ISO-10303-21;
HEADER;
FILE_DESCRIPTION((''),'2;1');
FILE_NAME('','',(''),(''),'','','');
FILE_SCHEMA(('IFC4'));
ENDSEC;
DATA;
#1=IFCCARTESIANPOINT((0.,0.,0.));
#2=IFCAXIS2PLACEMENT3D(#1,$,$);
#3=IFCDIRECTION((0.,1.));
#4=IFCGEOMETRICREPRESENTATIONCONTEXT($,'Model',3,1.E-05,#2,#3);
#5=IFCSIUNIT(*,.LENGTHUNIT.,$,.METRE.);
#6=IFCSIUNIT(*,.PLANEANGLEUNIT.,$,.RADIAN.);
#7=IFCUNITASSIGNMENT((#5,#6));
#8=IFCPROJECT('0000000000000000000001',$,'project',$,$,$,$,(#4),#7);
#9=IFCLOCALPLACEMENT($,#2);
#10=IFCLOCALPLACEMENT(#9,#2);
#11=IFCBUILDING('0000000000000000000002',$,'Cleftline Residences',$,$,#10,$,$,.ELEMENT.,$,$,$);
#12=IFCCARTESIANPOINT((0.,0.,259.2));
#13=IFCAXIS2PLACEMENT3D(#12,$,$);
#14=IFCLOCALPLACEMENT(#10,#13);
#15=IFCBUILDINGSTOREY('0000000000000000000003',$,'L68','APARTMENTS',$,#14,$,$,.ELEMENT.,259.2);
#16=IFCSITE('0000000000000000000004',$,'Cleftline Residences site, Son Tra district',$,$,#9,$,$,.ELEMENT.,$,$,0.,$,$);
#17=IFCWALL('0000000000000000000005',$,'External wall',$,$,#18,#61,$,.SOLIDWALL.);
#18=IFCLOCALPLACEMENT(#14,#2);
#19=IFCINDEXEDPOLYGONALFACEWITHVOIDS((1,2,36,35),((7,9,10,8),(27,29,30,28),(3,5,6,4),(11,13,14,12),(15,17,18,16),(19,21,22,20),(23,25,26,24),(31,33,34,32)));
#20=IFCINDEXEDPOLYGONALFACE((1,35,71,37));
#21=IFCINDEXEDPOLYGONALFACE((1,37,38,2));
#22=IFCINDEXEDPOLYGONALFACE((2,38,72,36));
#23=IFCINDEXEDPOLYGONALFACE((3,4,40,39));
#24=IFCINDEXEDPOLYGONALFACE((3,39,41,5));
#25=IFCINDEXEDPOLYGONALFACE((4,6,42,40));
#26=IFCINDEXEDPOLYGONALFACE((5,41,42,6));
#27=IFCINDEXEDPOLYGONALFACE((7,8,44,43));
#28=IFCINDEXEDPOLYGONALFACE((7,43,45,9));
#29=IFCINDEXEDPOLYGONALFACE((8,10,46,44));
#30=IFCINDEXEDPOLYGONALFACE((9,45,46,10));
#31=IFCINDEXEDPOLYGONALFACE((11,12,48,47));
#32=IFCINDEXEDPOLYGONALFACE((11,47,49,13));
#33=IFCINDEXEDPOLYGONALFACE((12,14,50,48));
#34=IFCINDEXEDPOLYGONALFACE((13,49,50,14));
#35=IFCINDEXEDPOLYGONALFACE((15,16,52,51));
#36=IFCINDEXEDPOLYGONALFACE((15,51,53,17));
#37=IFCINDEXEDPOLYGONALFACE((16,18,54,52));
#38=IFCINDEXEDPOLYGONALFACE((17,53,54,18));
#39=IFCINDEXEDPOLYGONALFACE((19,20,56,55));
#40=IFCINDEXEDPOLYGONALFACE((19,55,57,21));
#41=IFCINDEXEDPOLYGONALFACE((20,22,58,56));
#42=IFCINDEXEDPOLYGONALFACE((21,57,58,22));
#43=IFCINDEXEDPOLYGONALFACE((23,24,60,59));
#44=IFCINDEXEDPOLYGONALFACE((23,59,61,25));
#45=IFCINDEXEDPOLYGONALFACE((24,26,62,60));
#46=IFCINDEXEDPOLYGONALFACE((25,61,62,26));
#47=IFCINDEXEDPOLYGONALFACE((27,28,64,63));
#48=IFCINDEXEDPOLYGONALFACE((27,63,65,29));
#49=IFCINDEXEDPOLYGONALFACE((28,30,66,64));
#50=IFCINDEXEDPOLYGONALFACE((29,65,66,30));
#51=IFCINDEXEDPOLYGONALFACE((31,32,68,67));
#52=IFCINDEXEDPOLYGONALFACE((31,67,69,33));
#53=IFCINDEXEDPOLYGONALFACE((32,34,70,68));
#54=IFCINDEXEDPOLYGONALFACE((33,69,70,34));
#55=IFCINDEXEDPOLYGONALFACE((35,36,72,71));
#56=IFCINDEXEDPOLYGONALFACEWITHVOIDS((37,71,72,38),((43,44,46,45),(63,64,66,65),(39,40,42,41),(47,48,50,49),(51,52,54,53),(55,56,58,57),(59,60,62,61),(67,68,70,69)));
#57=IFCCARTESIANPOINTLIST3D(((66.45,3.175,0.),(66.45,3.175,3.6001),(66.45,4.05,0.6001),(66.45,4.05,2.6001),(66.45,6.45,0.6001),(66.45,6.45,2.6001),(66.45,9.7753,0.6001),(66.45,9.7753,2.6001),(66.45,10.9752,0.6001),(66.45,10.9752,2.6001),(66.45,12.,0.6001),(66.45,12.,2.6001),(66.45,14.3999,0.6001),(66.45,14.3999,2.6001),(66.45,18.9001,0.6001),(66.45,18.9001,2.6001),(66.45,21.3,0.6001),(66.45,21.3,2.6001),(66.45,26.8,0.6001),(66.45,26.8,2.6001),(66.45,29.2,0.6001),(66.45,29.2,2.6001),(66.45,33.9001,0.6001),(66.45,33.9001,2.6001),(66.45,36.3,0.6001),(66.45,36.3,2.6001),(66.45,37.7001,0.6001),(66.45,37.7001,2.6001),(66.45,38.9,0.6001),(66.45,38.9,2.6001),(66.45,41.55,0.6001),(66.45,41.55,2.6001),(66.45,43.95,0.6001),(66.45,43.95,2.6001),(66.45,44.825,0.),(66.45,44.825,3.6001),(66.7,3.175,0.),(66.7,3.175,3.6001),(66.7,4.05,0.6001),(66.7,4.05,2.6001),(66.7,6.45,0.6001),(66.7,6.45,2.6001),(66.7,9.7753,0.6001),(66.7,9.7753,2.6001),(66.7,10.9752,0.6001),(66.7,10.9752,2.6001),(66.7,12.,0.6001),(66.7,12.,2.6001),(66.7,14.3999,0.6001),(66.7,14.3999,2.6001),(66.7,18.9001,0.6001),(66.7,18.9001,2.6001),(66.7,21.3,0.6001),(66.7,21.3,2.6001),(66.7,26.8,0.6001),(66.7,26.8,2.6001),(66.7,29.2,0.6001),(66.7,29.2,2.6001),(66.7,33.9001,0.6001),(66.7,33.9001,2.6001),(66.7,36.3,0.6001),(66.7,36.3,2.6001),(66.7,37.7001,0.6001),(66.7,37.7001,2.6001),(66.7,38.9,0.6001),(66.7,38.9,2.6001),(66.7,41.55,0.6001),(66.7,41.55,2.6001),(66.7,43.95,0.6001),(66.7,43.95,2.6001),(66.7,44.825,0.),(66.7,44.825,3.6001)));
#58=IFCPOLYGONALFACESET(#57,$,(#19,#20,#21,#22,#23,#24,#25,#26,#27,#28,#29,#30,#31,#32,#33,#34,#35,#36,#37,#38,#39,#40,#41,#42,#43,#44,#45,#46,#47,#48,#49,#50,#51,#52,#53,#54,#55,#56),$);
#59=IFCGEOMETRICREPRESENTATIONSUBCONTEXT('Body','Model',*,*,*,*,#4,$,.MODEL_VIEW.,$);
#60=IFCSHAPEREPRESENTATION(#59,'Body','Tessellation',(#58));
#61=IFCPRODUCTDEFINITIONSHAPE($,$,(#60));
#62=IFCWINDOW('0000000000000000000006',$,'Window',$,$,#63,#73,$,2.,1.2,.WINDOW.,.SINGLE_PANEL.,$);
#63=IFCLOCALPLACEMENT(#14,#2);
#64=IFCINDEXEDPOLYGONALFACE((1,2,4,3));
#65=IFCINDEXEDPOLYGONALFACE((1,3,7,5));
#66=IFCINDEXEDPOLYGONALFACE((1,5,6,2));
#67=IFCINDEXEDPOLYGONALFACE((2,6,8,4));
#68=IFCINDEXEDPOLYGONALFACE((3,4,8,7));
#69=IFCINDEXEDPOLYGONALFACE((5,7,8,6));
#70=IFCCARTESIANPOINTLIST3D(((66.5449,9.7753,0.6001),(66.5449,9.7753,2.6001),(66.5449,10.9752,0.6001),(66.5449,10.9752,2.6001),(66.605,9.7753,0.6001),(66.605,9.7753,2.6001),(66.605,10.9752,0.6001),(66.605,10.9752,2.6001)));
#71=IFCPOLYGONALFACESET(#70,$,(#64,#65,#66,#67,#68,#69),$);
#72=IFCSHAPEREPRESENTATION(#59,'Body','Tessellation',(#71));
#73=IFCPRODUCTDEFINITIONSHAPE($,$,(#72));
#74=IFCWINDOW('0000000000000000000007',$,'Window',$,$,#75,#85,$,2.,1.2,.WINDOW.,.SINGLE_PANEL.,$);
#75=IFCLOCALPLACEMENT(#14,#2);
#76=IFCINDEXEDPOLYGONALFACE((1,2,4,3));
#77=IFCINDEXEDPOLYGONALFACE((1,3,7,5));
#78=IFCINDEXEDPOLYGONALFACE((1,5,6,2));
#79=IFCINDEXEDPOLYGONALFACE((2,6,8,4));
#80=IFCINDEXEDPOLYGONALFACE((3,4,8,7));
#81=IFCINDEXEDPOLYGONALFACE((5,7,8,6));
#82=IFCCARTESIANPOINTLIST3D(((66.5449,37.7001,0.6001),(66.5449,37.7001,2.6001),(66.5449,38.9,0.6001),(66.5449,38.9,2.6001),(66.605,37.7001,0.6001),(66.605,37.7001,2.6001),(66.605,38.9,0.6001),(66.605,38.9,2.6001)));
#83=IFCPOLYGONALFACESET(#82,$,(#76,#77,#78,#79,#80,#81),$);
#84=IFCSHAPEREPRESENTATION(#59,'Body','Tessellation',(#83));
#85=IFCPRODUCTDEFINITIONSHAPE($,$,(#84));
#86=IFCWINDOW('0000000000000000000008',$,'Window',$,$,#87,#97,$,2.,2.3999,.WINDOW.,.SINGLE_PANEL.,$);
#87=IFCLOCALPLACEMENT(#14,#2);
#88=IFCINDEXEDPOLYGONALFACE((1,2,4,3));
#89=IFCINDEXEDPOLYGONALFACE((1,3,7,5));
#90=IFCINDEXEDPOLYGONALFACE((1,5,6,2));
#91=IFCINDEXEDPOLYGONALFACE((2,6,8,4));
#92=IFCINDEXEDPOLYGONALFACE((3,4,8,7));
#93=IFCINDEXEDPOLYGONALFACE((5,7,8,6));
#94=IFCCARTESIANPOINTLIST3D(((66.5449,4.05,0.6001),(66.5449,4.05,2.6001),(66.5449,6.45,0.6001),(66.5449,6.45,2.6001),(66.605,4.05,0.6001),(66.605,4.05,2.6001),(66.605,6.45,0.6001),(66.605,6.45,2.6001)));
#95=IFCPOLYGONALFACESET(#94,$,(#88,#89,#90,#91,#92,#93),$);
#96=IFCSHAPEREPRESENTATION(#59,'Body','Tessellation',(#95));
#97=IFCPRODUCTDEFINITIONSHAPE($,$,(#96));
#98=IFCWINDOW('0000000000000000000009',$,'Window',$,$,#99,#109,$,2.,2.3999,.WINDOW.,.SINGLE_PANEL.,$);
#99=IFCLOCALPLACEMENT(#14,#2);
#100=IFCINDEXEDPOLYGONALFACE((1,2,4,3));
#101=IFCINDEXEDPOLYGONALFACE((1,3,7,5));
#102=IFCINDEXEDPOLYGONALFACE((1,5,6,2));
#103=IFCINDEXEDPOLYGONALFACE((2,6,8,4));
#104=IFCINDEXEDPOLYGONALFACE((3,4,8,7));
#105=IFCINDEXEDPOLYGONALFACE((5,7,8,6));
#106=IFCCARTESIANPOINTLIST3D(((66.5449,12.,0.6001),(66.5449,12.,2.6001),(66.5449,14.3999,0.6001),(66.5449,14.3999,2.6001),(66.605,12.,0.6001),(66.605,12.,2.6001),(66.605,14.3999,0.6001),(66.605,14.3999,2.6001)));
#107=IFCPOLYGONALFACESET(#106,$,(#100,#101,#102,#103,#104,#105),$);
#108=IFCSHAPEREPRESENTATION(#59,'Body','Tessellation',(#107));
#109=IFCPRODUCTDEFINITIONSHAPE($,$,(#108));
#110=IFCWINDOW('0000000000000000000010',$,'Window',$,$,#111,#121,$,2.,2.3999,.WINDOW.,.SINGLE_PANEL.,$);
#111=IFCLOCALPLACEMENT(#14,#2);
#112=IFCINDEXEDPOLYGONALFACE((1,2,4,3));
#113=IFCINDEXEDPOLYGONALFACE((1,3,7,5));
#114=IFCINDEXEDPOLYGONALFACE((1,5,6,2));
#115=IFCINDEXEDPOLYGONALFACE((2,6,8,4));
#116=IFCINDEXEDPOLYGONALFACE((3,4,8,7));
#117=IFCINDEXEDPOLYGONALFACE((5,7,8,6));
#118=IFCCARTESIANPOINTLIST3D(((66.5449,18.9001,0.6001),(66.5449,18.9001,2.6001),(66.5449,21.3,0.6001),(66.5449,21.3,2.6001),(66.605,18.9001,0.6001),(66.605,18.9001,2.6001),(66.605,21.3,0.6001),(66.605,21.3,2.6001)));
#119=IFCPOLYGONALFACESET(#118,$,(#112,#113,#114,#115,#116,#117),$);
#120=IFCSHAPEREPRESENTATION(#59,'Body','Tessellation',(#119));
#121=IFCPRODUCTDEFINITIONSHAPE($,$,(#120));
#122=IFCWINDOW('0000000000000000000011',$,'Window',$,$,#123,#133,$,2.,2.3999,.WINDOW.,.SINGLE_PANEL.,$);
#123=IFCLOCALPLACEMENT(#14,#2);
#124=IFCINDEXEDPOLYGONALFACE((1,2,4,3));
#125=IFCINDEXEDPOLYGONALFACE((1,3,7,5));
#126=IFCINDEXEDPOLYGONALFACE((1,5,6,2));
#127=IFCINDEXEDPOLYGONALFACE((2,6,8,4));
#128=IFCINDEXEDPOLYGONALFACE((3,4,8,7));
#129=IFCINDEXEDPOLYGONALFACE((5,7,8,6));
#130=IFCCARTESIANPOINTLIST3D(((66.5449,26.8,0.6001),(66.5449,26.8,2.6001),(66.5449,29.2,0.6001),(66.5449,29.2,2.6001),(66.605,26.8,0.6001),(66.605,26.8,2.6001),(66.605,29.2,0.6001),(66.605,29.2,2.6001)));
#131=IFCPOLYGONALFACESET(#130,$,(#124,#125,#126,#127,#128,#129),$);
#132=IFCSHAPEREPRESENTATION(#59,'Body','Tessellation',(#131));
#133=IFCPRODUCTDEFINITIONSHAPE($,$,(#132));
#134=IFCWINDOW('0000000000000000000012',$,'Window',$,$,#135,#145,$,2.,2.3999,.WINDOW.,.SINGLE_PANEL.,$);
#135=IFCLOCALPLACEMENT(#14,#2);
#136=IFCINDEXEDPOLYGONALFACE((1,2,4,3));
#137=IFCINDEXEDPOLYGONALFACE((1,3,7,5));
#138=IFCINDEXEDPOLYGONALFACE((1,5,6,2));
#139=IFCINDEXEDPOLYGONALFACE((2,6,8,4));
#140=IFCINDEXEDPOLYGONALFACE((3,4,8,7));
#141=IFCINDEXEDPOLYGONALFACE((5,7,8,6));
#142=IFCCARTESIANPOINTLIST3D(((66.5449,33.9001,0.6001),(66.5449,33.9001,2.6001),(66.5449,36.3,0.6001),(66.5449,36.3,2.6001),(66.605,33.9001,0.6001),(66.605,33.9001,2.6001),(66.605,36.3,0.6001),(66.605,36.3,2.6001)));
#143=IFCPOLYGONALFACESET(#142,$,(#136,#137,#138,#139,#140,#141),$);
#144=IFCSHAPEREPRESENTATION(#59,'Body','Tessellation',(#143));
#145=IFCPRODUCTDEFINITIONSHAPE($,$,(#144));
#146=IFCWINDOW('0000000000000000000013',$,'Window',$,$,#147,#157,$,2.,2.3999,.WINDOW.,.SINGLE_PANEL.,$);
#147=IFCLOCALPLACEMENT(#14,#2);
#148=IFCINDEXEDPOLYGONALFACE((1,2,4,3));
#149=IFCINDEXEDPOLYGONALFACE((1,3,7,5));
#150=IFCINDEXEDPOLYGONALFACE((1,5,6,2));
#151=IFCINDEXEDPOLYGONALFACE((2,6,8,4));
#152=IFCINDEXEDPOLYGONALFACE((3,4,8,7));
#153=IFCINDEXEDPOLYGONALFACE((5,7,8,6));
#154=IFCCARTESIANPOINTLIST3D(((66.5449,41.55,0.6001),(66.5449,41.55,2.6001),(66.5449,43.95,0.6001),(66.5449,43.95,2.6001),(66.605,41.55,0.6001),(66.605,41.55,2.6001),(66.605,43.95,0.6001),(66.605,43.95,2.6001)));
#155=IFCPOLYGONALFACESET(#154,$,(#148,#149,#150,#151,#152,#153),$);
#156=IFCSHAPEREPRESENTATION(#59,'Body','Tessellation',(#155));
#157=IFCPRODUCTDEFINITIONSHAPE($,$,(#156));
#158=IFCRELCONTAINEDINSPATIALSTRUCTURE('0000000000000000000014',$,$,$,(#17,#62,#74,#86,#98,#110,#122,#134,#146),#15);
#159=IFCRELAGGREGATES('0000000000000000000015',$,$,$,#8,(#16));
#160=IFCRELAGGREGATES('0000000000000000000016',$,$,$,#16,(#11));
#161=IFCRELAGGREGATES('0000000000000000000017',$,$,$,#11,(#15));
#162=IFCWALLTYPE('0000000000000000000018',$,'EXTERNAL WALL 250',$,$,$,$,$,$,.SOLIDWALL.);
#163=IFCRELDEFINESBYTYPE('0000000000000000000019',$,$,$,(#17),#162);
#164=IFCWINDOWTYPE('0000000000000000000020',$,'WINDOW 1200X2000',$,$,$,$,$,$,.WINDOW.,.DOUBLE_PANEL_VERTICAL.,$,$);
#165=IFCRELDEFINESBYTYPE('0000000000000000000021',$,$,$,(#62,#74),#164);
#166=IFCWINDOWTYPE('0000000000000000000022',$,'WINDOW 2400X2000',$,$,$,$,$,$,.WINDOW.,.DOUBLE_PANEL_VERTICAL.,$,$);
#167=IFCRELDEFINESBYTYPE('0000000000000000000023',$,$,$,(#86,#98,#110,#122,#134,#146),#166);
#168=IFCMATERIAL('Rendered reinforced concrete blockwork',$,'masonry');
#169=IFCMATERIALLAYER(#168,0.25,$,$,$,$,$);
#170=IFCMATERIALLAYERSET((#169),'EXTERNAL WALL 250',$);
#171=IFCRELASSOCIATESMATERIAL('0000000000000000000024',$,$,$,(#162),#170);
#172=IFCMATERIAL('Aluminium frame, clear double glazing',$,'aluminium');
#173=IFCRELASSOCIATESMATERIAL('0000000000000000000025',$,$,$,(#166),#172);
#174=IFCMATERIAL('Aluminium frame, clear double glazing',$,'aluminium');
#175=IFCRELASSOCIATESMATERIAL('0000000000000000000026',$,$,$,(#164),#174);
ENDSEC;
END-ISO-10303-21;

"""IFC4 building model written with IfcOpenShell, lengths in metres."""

from ifc_helpers import new_model, si_unit, direction, frame, frame_2d, origin, place, context, subcontext, project, spatial, rectangle, extrude, material, layer, layer_set, type_object, element, fill, save


model = new_model("IFC4")

# Units and contexts
model_context = context("Model", 3, precision=1e-05, world=origin(), true_north=direction((0.0, 1.0)))
body_context = subcontext(model_context, "Body", "Model", "MODEL_VIEW")
ifc_project = project(units=[si_unit("LENGTHUNIT", "METRE"), si_unit("PLANEANGLEUNIT", "RADIAN")], contexts=[model_context])

# Site, building, storey
site_placement = place(None, origin())
site = spatial("IfcSite", under=ifc_project, at=site_placement, Name="Cleftline Residences site, Son Tra district", CompositionType="ELEMENT", RefElevation=0.0)
building_placement = place(site_placement, origin())
building = spatial("IfcBuilding", under=site, at=building_placement, Name="Cleftline Residences", CompositionType="ELEMENT")
storey_placement = place(building_placement, frame((0.0, 0.0, 259.2)))
storey = spatial("IfcBuildingStorey", under=building, at=storey_placement, Name="L68", Description="APARTMENTS", CompositionType="ELEMENT", Elevation=259.2)

# Shared definitions
ifc_material_1 = material(Name="Rendered reinforced concrete blockwork", Category="masonry")
ifc_layer_1 = layer(ifc_material_1, 0.25)
ifc_layer_set_1 = layer_set([ifc_layer_1], Name="EXTERNAL WALL 250")
wall_type_1 = type_object("IfcWallType", Name="EXTERNAL WALL 250", PredefinedType="SOLIDWALL", material=ifc_layer_set_1)
ifc_material_2 = material(Name="Aluminium frame, clear double glazing", Category="aluminium")
window_type_1 = type_object("IfcWindowType", Name="WINDOW 2400X2000", PartitioningType="DOUBLE_PANEL_VERTICAL", PredefinedType="WINDOW", material=ifc_material_2)

# Wall, openings, windows
wall_1_placement = place(storey_placement, frame((66.575, 3.175, 0.0), z_axis=(0.0, 0.0, 1.0), x_axis=(0.0, 1.0, 0.0)))
wall_1 = element("IfcWall", 1, at=wall_1_placement, inside=storey, type_object=wall_type_1, Name="External wall", PredefinedType="SOLIDWALL", context=body_context, shape_type="SweptSolid", body=[
    extrude(rectangle(XDim=41.6499, YDim=0.25, at=frame_2d((20.825, 0.0))), origin(), (0.0, 0.0, 1.0), 3.6001),
])
opening_1_placement = place(wall_1_placement, frame((0.875, 0.0, 0.6001)))
opening_1 = element("IfcOpeningElement", 2, at=opening_1_placement, cuts=wall_1, PredefinedType="OPENING", context=body_context, shape_type="SweptSolid", body=[
    extrude(rectangle(XDim=2.3999, YDim=2.0, at=frame_2d((1.2, 1.0))), frame((0.0, 0.135, 0.0), z_axis=(0.0, -1.0, 0.0), x_axis=(1.0, 0.0, 0.0)), (0.0, 0.0, 1.0), 0.27),
])
opening_2_placement = place(wall_1_placement, frame((6.6001, 0.0, 0.6001)))
opening_2 = element("IfcOpeningElement", 3, at=opening_2_placement, cuts=wall_1, PredefinedType="OPENING", context=body_context, shape_type="SweptSolid", body=[
    extrude(rectangle(XDim=1.2, YDim=2.0, at=frame_2d((0.6001, 1.0))), frame((0.0, 0.135, 0.0), z_axis=(0.0, -1.0, 0.0), x_axis=(1.0, 0.0, 0.0)), (0.0, 0.0, 1.0), 0.27),
])
opening_3_placement = place(wall_1_placement, frame((8.825, 0.0, 0.6001)))
opening_3 = element("IfcOpeningElement", 4, at=opening_3_placement, cuts=wall_1, PredefinedType="OPENING", context=body_context, shape_type="SweptSolid", body=[
    extrude(rectangle(XDim=2.3999, YDim=2.0, at=frame_2d((1.2, 1.0))), frame((0.0, 0.135, 0.0), z_axis=(0.0, -1.0, 0.0), x_axis=(1.0, 0.0, 0.0)), (0.0, 0.0, 1.0), 0.27),
])
opening_4_placement = place(wall_1_placement, frame((15.7251, 0.0, 0.6001)))
opening_4 = element("IfcOpeningElement", 5, at=opening_4_placement, cuts=wall_1, PredefinedType="OPENING", context=body_context, shape_type="SweptSolid", body=[
    extrude(rectangle(XDim=2.3999, YDim=2.0, at=frame_2d((1.2, 1.0))), frame((0.0, 0.135, 0.0), z_axis=(0.0, -1.0, 0.0), x_axis=(1.0, 0.0, 0.0)), (0.0, 0.0, 1.0), 0.27),
])
opening_5_placement = place(wall_1_placement, frame((23.625, 0.0, 0.6001)))
opening_5 = element("IfcOpeningElement", 6, at=opening_5_placement, cuts=wall_1, PredefinedType="OPENING", context=body_context, shape_type="SweptSolid", body=[
    extrude(rectangle(XDim=2.3999, YDim=2.0, at=frame_2d((1.2, 1.0))), frame((0.0, 0.135, 0.0), z_axis=(0.0, -1.0, 0.0), x_axis=(1.0, 0.0, 0.0)), (0.0, 0.0, 1.0), 0.27),
])
opening_6_placement = place(wall_1_placement, frame((30.7251, 0.0, 0.6001)))
opening_6 = element("IfcOpeningElement", 7, at=opening_6_placement, cuts=wall_1, PredefinedType="OPENING", context=body_context, shape_type="SweptSolid", body=[
    extrude(rectangle(XDim=2.3999, YDim=2.0, at=frame_2d((1.2, 1.0))), frame((0.0, 0.135, 0.0), z_axis=(0.0, -1.0, 0.0), x_axis=(1.0, 0.0, 0.0)), (0.0, 0.0, 1.0), 0.27),
])
opening_7_placement = place(wall_1_placement, frame((34.5249, 0.0, 0.6001)))
opening_7 = element("IfcOpeningElement", 8, at=opening_7_placement, cuts=wall_1, PredefinedType="OPENING", context=body_context, shape_type="SweptSolid", body=[
    extrude(rectangle(XDim=1.2, YDim=2.0, at=frame_2d((0.6001, 1.0))), frame((0.0, 0.135, 0.0), z_axis=(0.0, -1.0, 0.0), x_axis=(1.0, 0.0, 0.0)), (0.0, 0.0, 1.0), 0.27),
])
opening_8_placement = place(wall_1_placement, frame((38.375, 0.0, 0.6001)))
opening_8 = element("IfcOpeningElement", 9, at=opening_8_placement, cuts=wall_1, PredefinedType="OPENING", context=body_context, shape_type="SweptSolid", body=[
    extrude(rectangle(XDim=2.3999, YDim=2.0, at=frame_2d((1.2, 1.0))), frame((0.0, 0.135, 0.0), z_axis=(0.0, -1.0, 0.0), x_axis=(1.0, 0.0, 0.0)), (0.0, 0.0, 1.0), 0.27),
])
ifc_material_3 = material(Name="Aluminium frame, clear double glazing", Category="aluminium")
window_type_2 = type_object("IfcWindowType", Name="WINDOW 1200X2000", PartitioningType="DOUBLE_PANEL_VERTICAL", PredefinedType="WINDOW", material=ifc_material_3)
window_1_placement = place(opening_2_placement, origin())
window_1 = element("IfcWindow", 10, at=window_1_placement, inside=storey, type_object=window_type_2, Name="Window", OverallHeight=2.0, OverallWidth=1.2, PartitioningType="SINGLE_PANEL", PredefinedType="WINDOW", context=body_context, shape_type="SweptSolid", body=[
    extrude(rectangle(XDim=1.2, YDim=2.0, at=frame_2d((0.6001, 1.0))), frame((0.0, 0.03, 0.0), z_axis=(0.0, -1.0, 0.0), x_axis=(1.0, 0.0, 0.0)), (0.0, 0.0, 1.0), 0.0601),
])
fill(opening_2, window_1)
window_2_placement = place(opening_7_placement, origin())
window_2 = element("IfcWindow", 11, at=window_2_placement, inside=storey, type_object=window_type_2, Name="Window", OverallHeight=2.0, OverallWidth=1.2, PartitioningType="SINGLE_PANEL", PredefinedType="WINDOW", context=body_context, shape_type="SweptSolid", body=[
    extrude(rectangle(XDim=1.2, YDim=2.0, at=frame_2d((0.6001, 1.0))), frame((0.0, 0.03, 0.0), z_axis=(0.0, -1.0, 0.0), x_axis=(1.0, 0.0, 0.0)), (0.0, 0.0, 1.0), 0.0601),
])
fill(opening_7, window_2)
window_3_placement = place(opening_1_placement, origin())
window_3 = element("IfcWindow", 12, at=window_3_placement, inside=storey, type_object=window_type_1, Name="Window", OverallHeight=2.0, OverallWidth=2.3999, PartitioningType="SINGLE_PANEL", PredefinedType="WINDOW", context=body_context, shape_type="SweptSolid", body=[
    extrude(rectangle(XDim=2.3999, YDim=2.0, at=frame_2d((1.2, 1.0))), frame((0.0, 0.03, 0.0), z_axis=(0.0, -1.0, 0.0), x_axis=(1.0, 0.0, 0.0)), (0.0, 0.0, 1.0), 0.0601),
])
fill(opening_1, window_3)
window_4_placement = place(opening_3_placement, origin())
window_4 = element("IfcWindow", 13, at=window_4_placement, inside=storey, type_object=window_type_1, Name="Window", OverallHeight=2.0, OverallWidth=2.3999, PartitioningType="SINGLE_PANEL", PredefinedType="WINDOW", context=body_context, shape_type="SweptSolid", body=[
    extrude(rectangle(XDim=2.3999, YDim=2.0, at=frame_2d((1.2, 1.0))), frame((0.0, 0.03, 0.0), z_axis=(0.0, -1.0, 0.0), x_axis=(1.0, 0.0, 0.0)), (0.0, 0.0, 1.0), 0.0601),
])
fill(opening_3, window_4)
window_5_placement = place(opening_4_placement, origin())
window_5 = element("IfcWindow", 14, at=window_5_placement, inside=storey, type_object=window_type_1, Name="Window", OverallHeight=2.0, OverallWidth=2.3999, PartitioningType="SINGLE_PANEL", PredefinedType="WINDOW", context=body_context, shape_type="SweptSolid", body=[
    extrude(rectangle(XDim=2.3999, YDim=2.0, at=frame_2d((1.2, 1.0))), frame((0.0, 0.03, 0.0), z_axis=(0.0, -1.0, 0.0), x_axis=(1.0, 0.0, 0.0)), (0.0, 0.0, 1.0), 0.0601),
])
fill(opening_4, window_5)
window_6_placement = place(opening_5_placement, origin())
window_6 = element("IfcWindow", 15, at=window_6_placement, inside=storey, type_object=window_type_1, Name="Window", OverallHeight=2.0, OverallWidth=2.3999, PartitioningType="SINGLE_PANEL", PredefinedType="WINDOW", context=body_context, shape_type="SweptSolid", body=[
    extrude(rectangle(XDim=2.3999, YDim=2.0, at=frame_2d((1.2, 1.0))), frame((0.0, 0.03, 0.0), z_axis=(0.0, -1.0, 0.0), x_axis=(1.0, 0.0, 0.0)), (0.0, 0.0, 1.0), 0.0601),
])
fill(opening_5, window_6)
window_7_placement = place(opening_6_placement, origin())
window_7 = element("IfcWindow", 16, at=window_7_placement, inside=storey, type_object=window_type_1, Name="Window", OverallHeight=2.0, OverallWidth=2.3999, PartitioningType="SINGLE_PANEL", PredefinedType="WINDOW", context=body_context, shape_type="SweptSolid", body=[
    extrude(rectangle(XDim=2.3999, YDim=2.0, at=frame_2d((1.2, 1.0))), frame((0.0, 0.03, 0.0), z_axis=(0.0, -1.0, 0.0), x_axis=(1.0, 0.0, 0.0)), (0.0, 0.0, 1.0), 0.0601),
])
fill(opening_6, window_7)
window_8_placement = place(opening_8_placement, origin())
window_8 = element("IfcWindow", 17, at=window_8_placement, inside=storey, type_object=window_type_1, Name="Window", OverallHeight=2.0, OverallWidth=2.3999, PartitioningType="SINGLE_PANEL", PredefinedType="WINDOW", context=body_context, shape_type="SweptSolid", body=[
    extrude(rectangle(XDim=2.3999, YDim=2.0, at=frame_2d((1.2, 1.0))), frame((0.0, 0.03, 0.0), z_axis=(0.0, -1.0, 0.0), x_axis=(1.0, 0.0, 0.0)), (0.0, 0.0, 1.0), 0.0601),
])
fill(opening_8, window_8)

save(model, "model.ifc")
